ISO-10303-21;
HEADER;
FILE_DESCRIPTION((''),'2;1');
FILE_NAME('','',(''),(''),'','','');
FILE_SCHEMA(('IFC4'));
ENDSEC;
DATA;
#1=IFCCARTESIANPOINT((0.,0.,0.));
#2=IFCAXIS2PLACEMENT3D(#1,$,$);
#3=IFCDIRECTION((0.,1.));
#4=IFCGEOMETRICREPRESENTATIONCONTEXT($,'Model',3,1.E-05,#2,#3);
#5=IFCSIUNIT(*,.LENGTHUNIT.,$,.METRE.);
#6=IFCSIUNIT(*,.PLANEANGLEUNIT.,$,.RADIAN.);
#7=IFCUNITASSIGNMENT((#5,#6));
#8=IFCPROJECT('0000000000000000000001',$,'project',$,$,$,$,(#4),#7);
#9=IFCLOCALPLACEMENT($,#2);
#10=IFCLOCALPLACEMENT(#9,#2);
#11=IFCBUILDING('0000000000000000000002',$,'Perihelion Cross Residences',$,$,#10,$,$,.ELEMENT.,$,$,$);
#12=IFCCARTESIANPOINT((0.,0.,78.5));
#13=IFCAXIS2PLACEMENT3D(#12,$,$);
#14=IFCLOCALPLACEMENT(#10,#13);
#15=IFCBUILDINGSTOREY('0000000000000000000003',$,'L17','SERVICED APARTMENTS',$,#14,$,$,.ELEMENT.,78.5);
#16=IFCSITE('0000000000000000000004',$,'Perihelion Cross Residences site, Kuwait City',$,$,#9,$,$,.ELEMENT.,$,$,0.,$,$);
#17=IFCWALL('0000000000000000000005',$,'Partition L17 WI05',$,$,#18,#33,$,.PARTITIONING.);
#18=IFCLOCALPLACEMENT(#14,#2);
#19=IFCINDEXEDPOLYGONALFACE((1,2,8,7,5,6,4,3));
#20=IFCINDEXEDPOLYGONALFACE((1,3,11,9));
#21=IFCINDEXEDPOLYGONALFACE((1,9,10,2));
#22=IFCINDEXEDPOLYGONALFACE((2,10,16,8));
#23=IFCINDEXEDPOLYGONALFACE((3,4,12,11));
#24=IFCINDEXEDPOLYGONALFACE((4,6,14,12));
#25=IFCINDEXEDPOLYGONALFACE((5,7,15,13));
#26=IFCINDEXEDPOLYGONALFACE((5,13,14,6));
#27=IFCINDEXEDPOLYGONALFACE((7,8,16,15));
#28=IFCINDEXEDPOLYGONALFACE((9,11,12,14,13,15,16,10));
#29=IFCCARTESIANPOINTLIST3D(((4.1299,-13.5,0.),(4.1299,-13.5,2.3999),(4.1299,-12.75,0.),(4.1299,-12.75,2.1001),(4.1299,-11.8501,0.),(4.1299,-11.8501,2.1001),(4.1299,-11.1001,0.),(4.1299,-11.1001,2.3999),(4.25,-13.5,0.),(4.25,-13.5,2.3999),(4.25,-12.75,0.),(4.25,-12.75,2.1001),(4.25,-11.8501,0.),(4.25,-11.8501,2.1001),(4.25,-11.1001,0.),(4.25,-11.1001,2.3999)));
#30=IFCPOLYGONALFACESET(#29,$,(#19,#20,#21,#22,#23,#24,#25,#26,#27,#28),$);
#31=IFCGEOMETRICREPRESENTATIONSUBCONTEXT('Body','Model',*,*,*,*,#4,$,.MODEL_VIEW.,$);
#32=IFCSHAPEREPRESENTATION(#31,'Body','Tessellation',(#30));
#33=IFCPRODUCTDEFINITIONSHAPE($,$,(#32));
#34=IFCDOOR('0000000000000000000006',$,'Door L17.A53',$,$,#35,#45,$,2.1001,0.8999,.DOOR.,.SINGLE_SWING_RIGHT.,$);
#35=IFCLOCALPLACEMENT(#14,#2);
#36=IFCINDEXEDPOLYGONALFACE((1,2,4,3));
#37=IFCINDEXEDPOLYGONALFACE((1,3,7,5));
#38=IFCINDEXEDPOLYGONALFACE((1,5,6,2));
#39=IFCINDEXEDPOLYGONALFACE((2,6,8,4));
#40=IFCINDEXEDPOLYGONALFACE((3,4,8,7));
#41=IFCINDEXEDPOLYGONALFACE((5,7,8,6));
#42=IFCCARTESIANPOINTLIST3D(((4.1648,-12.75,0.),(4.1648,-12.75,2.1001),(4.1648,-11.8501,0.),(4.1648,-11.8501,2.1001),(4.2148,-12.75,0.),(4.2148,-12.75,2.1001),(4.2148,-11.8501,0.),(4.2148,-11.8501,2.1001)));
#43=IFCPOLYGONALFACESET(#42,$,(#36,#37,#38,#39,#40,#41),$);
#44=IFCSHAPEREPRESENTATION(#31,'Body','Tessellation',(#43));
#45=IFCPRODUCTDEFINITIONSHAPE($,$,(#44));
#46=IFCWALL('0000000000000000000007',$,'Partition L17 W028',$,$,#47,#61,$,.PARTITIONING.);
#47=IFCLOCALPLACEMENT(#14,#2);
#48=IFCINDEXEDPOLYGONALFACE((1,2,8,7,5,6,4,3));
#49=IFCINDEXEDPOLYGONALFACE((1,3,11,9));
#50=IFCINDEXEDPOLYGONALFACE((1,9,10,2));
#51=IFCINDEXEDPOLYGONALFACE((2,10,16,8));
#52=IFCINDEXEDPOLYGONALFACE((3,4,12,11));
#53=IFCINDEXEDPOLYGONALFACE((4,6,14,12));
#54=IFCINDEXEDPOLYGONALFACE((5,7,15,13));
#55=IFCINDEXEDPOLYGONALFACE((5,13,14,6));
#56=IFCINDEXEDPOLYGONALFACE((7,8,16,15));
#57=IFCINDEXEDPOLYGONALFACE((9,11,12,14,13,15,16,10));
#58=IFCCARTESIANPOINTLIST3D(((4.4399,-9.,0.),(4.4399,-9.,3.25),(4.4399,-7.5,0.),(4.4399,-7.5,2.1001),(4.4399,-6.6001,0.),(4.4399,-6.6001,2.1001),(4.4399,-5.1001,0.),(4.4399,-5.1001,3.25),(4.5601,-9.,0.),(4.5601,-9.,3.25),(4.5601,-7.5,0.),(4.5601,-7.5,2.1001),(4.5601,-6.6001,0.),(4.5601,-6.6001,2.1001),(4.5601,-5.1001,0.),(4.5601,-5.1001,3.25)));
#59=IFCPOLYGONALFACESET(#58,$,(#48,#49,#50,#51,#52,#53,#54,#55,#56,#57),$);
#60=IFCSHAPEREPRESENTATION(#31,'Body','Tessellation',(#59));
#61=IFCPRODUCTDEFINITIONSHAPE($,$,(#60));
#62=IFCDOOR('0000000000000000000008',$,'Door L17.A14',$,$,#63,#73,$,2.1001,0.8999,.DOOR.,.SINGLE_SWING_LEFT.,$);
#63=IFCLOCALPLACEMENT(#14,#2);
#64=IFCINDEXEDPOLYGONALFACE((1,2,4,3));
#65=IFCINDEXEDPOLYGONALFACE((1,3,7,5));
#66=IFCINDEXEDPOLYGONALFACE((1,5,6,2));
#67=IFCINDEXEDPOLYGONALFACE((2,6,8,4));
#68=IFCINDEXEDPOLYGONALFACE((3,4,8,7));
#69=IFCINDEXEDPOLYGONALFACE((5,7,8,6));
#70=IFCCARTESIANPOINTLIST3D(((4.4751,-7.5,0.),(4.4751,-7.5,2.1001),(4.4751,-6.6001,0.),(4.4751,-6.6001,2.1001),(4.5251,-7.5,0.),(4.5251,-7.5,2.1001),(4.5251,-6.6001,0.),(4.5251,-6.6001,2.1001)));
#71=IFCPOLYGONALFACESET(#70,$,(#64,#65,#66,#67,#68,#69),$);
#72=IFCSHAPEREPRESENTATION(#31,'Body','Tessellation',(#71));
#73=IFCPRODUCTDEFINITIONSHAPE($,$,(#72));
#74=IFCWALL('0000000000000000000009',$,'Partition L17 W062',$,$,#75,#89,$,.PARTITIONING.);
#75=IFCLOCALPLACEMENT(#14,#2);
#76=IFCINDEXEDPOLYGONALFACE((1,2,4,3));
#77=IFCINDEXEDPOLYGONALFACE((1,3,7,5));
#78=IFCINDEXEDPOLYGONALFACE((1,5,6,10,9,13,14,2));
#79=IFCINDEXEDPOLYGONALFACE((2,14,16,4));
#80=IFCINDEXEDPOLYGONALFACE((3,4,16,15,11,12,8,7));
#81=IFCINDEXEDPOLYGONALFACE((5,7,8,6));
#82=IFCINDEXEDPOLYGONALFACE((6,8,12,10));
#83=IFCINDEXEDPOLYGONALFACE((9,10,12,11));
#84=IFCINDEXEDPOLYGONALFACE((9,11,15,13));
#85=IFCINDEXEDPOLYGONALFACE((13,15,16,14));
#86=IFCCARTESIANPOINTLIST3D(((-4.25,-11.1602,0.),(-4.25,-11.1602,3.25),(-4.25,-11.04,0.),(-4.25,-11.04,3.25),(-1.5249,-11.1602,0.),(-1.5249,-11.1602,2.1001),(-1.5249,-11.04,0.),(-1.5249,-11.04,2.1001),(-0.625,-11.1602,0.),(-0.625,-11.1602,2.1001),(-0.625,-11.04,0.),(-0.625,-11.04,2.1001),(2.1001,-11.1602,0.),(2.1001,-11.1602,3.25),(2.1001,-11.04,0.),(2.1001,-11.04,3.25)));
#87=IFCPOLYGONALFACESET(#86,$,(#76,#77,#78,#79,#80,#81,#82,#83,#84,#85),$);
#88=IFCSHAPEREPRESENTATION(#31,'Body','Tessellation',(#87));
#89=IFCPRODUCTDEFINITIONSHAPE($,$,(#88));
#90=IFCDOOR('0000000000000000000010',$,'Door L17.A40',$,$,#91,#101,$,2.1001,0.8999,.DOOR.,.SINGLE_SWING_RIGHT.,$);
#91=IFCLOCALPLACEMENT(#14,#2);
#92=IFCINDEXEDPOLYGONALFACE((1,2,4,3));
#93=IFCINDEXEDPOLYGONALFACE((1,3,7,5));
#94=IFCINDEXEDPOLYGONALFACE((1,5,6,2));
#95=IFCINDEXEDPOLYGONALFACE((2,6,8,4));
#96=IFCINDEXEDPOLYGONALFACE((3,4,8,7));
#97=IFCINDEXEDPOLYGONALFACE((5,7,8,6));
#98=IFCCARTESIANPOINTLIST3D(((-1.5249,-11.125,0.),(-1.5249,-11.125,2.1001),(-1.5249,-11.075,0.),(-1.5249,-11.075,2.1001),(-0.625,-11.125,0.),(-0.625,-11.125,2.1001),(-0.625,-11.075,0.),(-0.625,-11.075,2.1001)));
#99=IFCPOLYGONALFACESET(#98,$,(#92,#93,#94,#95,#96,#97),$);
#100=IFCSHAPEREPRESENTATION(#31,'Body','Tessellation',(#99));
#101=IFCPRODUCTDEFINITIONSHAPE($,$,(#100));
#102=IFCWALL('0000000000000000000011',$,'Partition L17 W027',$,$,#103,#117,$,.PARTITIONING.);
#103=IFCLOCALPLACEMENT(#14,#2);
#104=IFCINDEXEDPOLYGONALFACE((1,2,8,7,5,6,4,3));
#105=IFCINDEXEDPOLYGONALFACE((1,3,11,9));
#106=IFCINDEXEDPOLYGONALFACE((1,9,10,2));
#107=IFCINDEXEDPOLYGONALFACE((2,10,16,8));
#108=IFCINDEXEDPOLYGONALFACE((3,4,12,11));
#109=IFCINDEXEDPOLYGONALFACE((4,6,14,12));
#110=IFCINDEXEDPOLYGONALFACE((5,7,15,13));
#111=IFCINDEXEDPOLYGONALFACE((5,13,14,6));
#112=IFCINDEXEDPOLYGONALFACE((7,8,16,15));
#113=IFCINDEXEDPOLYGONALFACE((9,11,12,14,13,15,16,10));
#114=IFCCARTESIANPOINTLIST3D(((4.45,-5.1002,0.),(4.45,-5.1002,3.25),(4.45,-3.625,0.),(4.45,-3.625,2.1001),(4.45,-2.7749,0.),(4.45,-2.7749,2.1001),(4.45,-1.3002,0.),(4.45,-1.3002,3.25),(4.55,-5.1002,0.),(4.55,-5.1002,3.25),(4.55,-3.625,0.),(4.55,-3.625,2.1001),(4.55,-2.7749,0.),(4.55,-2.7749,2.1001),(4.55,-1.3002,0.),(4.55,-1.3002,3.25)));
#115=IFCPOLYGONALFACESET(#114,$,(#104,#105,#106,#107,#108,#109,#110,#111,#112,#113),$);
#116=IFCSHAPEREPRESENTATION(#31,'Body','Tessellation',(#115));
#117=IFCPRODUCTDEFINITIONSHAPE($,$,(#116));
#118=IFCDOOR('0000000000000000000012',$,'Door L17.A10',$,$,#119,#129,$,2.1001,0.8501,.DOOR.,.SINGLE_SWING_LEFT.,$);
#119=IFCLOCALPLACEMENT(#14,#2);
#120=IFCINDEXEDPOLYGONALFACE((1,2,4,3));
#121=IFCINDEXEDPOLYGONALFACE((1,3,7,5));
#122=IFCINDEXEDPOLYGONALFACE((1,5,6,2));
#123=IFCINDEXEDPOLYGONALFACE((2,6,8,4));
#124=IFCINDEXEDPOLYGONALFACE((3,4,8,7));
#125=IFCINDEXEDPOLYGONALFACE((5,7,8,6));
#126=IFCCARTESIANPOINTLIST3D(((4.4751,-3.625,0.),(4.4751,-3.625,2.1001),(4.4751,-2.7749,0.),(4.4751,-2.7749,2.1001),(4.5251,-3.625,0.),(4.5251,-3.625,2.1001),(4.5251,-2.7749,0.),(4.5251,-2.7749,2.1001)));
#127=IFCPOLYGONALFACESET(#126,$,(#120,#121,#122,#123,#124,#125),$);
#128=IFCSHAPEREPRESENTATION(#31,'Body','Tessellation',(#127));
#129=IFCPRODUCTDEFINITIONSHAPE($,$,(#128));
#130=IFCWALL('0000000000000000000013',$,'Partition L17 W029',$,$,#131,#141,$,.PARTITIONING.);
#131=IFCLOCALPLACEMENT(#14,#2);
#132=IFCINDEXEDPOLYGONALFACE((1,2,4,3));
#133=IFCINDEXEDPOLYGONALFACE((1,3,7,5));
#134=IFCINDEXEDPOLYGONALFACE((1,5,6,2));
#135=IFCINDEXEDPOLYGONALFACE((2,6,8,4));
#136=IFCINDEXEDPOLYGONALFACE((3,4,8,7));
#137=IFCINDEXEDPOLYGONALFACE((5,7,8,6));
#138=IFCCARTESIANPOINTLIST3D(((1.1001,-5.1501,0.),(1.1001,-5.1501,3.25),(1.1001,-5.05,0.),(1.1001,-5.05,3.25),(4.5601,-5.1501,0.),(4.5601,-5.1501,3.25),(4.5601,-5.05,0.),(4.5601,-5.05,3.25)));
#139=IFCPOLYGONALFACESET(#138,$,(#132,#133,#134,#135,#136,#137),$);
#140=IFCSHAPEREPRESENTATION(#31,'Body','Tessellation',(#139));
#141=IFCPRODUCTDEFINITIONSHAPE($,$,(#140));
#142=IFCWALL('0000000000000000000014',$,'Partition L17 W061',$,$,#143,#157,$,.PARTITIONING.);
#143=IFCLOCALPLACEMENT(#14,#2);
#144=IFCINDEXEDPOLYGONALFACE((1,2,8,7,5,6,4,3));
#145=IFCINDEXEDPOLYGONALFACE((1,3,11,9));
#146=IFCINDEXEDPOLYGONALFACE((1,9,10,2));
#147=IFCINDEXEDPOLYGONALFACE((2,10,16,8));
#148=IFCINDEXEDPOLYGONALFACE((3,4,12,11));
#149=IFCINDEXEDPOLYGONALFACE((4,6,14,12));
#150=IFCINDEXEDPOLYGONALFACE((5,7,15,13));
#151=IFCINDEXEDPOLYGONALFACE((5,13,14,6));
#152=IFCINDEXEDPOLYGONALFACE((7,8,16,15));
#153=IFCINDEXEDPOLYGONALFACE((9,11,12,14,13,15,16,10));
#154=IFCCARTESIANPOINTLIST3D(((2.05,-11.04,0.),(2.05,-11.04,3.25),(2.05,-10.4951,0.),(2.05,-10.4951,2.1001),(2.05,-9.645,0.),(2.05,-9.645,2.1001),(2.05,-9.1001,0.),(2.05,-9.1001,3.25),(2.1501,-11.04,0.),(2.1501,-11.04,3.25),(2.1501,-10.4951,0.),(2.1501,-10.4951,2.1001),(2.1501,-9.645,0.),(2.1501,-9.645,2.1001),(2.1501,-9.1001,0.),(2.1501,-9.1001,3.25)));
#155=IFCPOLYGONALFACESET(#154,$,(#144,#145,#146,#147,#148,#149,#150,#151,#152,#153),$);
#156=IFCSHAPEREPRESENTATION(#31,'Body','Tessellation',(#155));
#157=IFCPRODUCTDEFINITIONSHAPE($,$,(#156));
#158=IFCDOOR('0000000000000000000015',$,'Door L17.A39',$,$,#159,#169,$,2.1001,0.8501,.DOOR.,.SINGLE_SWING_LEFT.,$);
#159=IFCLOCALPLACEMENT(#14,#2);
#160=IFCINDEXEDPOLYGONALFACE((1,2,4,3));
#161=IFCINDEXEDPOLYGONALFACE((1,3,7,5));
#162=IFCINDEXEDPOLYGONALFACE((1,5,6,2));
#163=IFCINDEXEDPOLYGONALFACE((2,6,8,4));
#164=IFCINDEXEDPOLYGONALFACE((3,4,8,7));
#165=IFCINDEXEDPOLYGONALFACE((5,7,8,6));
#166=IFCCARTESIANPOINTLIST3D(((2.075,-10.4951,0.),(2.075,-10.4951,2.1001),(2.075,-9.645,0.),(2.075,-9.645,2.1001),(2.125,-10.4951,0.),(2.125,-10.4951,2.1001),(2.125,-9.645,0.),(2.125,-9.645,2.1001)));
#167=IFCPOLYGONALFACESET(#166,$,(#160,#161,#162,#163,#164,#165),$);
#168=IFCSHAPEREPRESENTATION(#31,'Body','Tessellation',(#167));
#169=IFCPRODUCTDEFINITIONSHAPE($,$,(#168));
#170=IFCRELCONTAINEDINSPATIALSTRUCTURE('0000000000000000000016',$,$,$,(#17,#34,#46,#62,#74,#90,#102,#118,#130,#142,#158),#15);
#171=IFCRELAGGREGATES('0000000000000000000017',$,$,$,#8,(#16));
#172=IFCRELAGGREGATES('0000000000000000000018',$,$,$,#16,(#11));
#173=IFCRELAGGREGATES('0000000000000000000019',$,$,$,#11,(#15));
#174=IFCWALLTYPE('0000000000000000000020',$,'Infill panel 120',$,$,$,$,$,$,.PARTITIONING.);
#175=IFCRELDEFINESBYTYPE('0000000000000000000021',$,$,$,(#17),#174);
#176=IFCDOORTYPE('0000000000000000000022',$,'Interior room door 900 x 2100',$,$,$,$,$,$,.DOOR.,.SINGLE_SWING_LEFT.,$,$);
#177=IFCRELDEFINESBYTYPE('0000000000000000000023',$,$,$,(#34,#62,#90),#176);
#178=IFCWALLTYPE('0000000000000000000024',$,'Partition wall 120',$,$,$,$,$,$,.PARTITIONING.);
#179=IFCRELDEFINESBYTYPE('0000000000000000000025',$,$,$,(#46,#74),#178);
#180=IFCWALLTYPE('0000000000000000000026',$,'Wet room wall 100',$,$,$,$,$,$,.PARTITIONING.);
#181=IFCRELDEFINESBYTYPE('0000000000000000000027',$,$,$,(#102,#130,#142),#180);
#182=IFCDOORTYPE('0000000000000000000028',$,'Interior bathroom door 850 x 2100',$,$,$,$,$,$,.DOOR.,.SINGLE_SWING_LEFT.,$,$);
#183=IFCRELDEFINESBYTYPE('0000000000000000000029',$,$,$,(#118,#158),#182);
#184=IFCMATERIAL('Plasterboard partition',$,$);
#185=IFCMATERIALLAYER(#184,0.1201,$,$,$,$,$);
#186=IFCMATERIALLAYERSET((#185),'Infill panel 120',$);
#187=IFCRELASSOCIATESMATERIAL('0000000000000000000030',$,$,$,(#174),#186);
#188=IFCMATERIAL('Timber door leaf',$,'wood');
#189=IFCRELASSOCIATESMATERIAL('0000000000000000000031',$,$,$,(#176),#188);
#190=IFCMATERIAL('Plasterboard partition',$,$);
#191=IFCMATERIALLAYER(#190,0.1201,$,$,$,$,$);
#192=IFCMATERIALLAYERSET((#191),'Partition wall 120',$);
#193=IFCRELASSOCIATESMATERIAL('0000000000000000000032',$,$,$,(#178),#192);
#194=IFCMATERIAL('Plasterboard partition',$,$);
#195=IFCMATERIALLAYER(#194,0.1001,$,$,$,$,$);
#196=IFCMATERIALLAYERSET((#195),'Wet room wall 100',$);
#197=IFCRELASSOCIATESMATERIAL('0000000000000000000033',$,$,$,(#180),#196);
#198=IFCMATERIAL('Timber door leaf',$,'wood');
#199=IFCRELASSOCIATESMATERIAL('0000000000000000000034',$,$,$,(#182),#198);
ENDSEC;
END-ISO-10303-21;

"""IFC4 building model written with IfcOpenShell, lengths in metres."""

from ifc_helpers import new_model, si_unit, direction, frame, frame_2d, origin, place, context, subcontext, project, spatial, rectangle, extrude, material, layer, layer_set, type_object, element, fill, save


model = new_model("IFC4")

# Units and contexts
model_context = context("Model", 3, precision=1e-05, world=origin(), true_north=direction((0.0, 1.0)))
body_context = subcontext(model_context, "Body", "Model", "MODEL_VIEW")
ifc_project = project(units=[si_unit("LENGTHUNIT", "METRE"), si_unit("PLANEANGLEUNIT", "RADIAN")], contexts=[model_context])

# Site, building, storey
site_placement = place(None, origin())
site = spatial("IfcSite", under=ifc_project, at=site_placement, Name="Perihelion Cross Residences site, Kuwait City", CompositionType="ELEMENT", RefElevation=0.0)
building_placement = place(site_placement, origin())
building = spatial("IfcBuilding", under=site, at=building_placement, Name="Perihelion Cross Residences", CompositionType="ELEMENT")
storey_placement = place(building_placement, frame((0.0, 0.0, 78.5)))
storey = spatial("IfcBuildingStorey", under=building, at=storey_placement, Name="L17", Description="SERVICED APARTMENTS", CompositionType="ELEMENT", Elevation=78.5)

# Walls, openings, doors
ifc_material_1 = material(Name="Plasterboard partition")
ifc_layer_1 = layer(ifc_material_1, 0.1201)
ifc_layer_set_1 = layer_set([ifc_layer_1], Name="Infill panel 120")
wall_type_1 = type_object("IfcWallType", Name="Infill panel 120", PredefinedType="PARTITIONING", material=ifc_layer_set_1)
wall_1_placement = place(storey_placement, frame((4.1899, -11.1001, 0.0), z_axis=(0.0, 0.0, 1.0), x_axis=(0.0, -1.0, 0.0)))
wall_1 = element("IfcWall", 1, at=wall_1_placement, inside=storey, type_object=wall_type_1, Name="Partition L17 WI05", PredefinedType="PARTITIONING", context=body_context, shape_type="SweptSolid", body=[
    extrude(rectangle(XDim=2.3999, YDim=0.1201, at=frame_2d((1.2, 0.0))), origin(), (0.0, 0.0, 1.0), 2.3999),
])
opening_1_placement = place(wall_1_placement, frame((0.75, 0.0, 0.0)))
opening_1 = element("IfcOpeningElement", 2, at=opening_1_placement, cuts=wall_1, PredefinedType="OPENING", context=body_context, shape_type="SweptSolid", body=[
    extrude(rectangle(XDim=0.8999, YDim=2.1001, at=frame_2d((0.45, 1.05))), frame((0.0, 0.0701, 0.0), z_axis=(0.0, -1.0, 0.0), x_axis=(1.0, 0.0, 0.0)), (0.0, 0.0, 1.0), 0.1401),
])
ifc_material_2 = material(Name="Timber door leaf", Category="wood")
door_type_1 = type_object("IfcDoorType", Name="Interior room door 900 x 2100", OperationType="SINGLE_SWING_LEFT", PredefinedType="DOOR", material=ifc_material_2)
door_1_placement = place(opening_1_placement, origin())
door_1 = element("IfcDoor", 3, at=door_1_placement, inside=storey, type_object=door_type_1, Name="Door L17.A53", OperationType="SINGLE_SWING_RIGHT", OverallHeight=2.1001, OverallWidth=0.8999, PredefinedType="DOOR", context=body_context, shape_type="SweptSolid", body=[
    extrude(rectangle(XDim=0.8999, YDim=2.1001, at=frame_2d((0.45, 1.05))), frame((0.0, 0.0249, 0.0), z_axis=(0.0, -1.0, 0.0), x_axis=(1.0, 0.0, 0.0)), (0.0, 0.0, 1.0), 0.05),
])
fill(opening_1, door_1)
ifc_material_3 = material(Name="Plasterboard partition")
ifc_layer_2 = layer(ifc_material_3, 0.1201)
ifc_layer_set_2 = layer_set([ifc_layer_2], Name="Partition wall 120")
wall_type_2 = type_object("IfcWallType", Name="Partition wall 120", PredefinedType="PARTITIONING", material=ifc_layer_set_2)
wall_2_placement = place(storey_placement, frame((4.5, -9.0, 0.0), z_axis=(0.0, 0.0, 1.0), x_axis=(0.0, 1.0, 0.0)))
wall_2 = element("IfcWall", 4, at=wall_2_placement, inside=storey, type_object=wall_type_2, Name="Partition L17 W028", PredefinedType="PARTITIONING", context=body_context, shape_type="SweptSolid", body=[
    extrude(rectangle(XDim=3.8999, YDim=0.1201, at=frame_2d((1.95, 0.0))), origin(), (0.0, 0.0, 1.0), 3.25),
])
opening_2_placement = place(wall_2_placement, frame((1.5, 0.0, 0.0)))
opening_2 = element("IfcOpeningElement", 5, at=opening_2_placement, cuts=wall_2, PredefinedType="OPENING", context=body_context, shape_type="SweptSolid", body=[
    extrude(rectangle(XDim=0.8999, YDim=2.1001, at=frame_2d((0.45, 1.05))), frame((0.0, 0.0701, 0.0), z_axis=(0.0, -1.0, 0.0), x_axis=(1.0, 0.0, 0.0)), (0.0, 0.0, 1.0), 0.1401),
])
door_2_placement = place(opening_2_placement, origin())
door_2 = element("IfcDoor", 6, at=door_2_placement, inside=storey, type_object=door_type_1, Name="Door L17.A14", OperationType="SINGLE_SWING_LEFT", OverallHeight=2.1001, OverallWidth=0.8999, PredefinedType="DOOR", context=body_context, shape_type="SweptSolid", body=[
    extrude(rectangle(XDim=0.8999, YDim=2.1001, at=frame_2d((0.45, 1.05))), frame((0.0, 0.0249, 0.0), z_axis=(0.0, -1.0, 0.0), x_axis=(1.0, 0.0, 0.0)), (0.0, 0.0, 1.0), 0.05),
])
fill(opening_2, door_2)
wall_3_placement = place(storey_placement, frame((2.1001, -11.1001, 0.0), z_axis=(0.0, 0.0, 1.0), x_axis=(-1.0, 0.0, 0.0)))
wall_3 = element("IfcWall", 7, at=wall_3_placement, inside=storey, type_object=wall_type_2, Name="Partition L17 W062", PredefinedType="PARTITIONING", context=body_context, shape_type="SweptSolid", body=[
    extrude(rectangle(XDim=6.3501, YDim=0.1201, at=frame_2d((3.175, 0.0))), origin(), (0.0, 0.0, 1.0), 3.25),
])
opening_3_placement = place(wall_3_placement, frame((2.7251, 0.0, 0.0)))
opening_3 = element("IfcOpeningElement", 8, at=opening_3_placement, cuts=wall_3, PredefinedType="OPENING", context=body_context, shape_type="SweptSolid", body=[
    extrude(rectangle(XDim=0.8999, YDim=2.1001, at=frame_2d((0.45, 1.05))), frame((0.0, 0.0701, 0.0), z_axis=(0.0, -1.0, 0.0), x_axis=(1.0, 0.0, 0.0)), (0.0, 0.0, 1.0), 0.1401),
])
door_3_placement = place(opening_3_placement, origin())
door_3 = element("IfcDoor", 9, at=door_3_placement, inside=storey, type_object=door_type_1, Name="Door L17.A40", OperationType="SINGLE_SWING_RIGHT", OverallHeight=2.1001, OverallWidth=0.8999, PredefinedType="DOOR", context=body_context, shape_type="SweptSolid", body=[
    extrude(rectangle(XDim=0.8999, YDim=2.1001, at=frame_2d((0.45, 1.05))), frame((0.0, 0.0249, 0.0), z_axis=(0.0, -1.0, 0.0), x_axis=(1.0, 0.0, 0.0)), (0.0, 0.0, 1.0), 0.05),
])
fill(opening_3, door_3)
ifc_material_4 = material(Name="Plasterboard partition")
ifc_layer_3 = layer(ifc_material_4, 0.1001)
ifc_layer_set_3 = layer_set([ifc_layer_3], Name="Wet room wall 100")
wall_type_3 = type_object("IfcWallType", Name="Wet room wall 100", PredefinedType="PARTITIONING", material=ifc_layer_set_3)
wall_4_placement = place(storey_placement, frame((4.5, -5.1001, 0.0), z_axis=(0.0, 0.0, 1.0), x_axis=(0.0, 1.0, 0.0)))
wall_4 = element("IfcWall", 10, at=wall_4_placement, inside=storey, type_object=wall_type_3, Name="Partition L17 W027", PredefinedType="PARTITIONING", context=body_context, shape_type="SweptSolid", body=[
    extrude(rectangle(XDim=3.8, YDim=0.1001, at=frame_2d((1.8999, 0.0))), origin(), (0.0, 0.0, 1.0), 3.25),
])
opening_4_placement = place(wall_4_placement, frame((1.4751, 0.0, 0.0)))
opening_4 = element("IfcOpeningElement", 11, at=opening_4_placement, cuts=wall_4, PredefinedType="OPENING", context=body_context, shape_type="SweptSolid", body=[
    extrude(rectangle(XDim=0.8501, YDim=2.1001, at=frame_2d((0.425, 1.05))), frame((0.0, 0.0601, 0.0), z_axis=(0.0, -1.0, 0.0), x_axis=(1.0, 0.0, 0.0)), (0.0, 0.0, 1.0), 0.1201),
])
ifc_material_5 = material(Name="Timber door leaf", Category="wood")
door_type_2 = type_object("IfcDoorType", Name="Interior bathroom door 850 x 2100", OperationType="SINGLE_SWING_LEFT", PredefinedType="DOOR", material=ifc_material_5)
door_4_placement = place(opening_4_placement, origin())
door_4 = element("IfcDoor", 12, at=door_4_placement, inside=storey, type_object=door_type_2, Name="Door L17.A10", OperationType="SINGLE_SWING_LEFT", OverallHeight=2.1001, OverallWidth=0.8501, PredefinedType="DOOR", context=body_context, shape_type="SweptSolid", body=[
    extrude(rectangle(XDim=0.8501, YDim=2.1001, at=frame_2d((0.425, 1.05))), frame((0.0, 0.0249, 0.0), z_axis=(0.0, -1.0, 0.0), x_axis=(1.0, 0.0, 0.0)), (0.0, 0.0, 1.0), 0.05),
])
fill(opening_4, door_4)

# Wall
wall_5_placement = place(storey_placement, frame((4.5601, -5.1001, 0.0), z_axis=(0.0, 0.0, 1.0), x_axis=(-1.0, 0.0, 0.0)))
element("IfcWall", 13, at=wall_5_placement, inside=storey, type_object=wall_type_3, Name="Partition L17 W029", PredefinedType="PARTITIONING", context=body_context, shape_type="SweptSolid", body=[
    extrude(rectangle(XDim=3.46, YDim=0.1001, at=frame_2d((1.73, 0.0))), origin(), (0.0, 0.0, 1.0), 3.25),
])

# Wall, opening, door
wall_6_placement = place(storey_placement, frame((2.1001, -9.1001, 0.0), z_axis=(0.0, 0.0, 1.0), x_axis=(0.0, -1.0, 0.0)))
wall_6 = element("IfcWall", 14, at=wall_6_placement, inside=storey, type_object=wall_type_3, Name="Partition L17 W061", PredefinedType="PARTITIONING", context=body_context, shape_type="SweptSolid", body=[
    extrude(rectangle(XDim=1.9399, YDim=0.1001, at=frame_2d((0.97, 0.0))), origin(), (0.0, 0.0, 1.0), 3.25),
])
opening_5_placement = place(wall_6_placement, frame((0.5449, 0.0, 0.0)))
opening_5 = element("IfcOpeningElement", 15, at=opening_5_placement, cuts=wall_6, PredefinedType="OPENING", context=body_context, shape_type="SweptSolid", body=[
    extrude(rectangle(XDim=0.8501, YDim=2.1001, at=frame_2d((0.425, 1.05))), frame((0.0, 0.0601, 0.0), z_axis=(0.0, -1.0, 0.0), x_axis=(1.0, 0.0, 0.0)), (0.0, 0.0, 1.0), 0.1201),
])
door_5_placement = place(opening_5_placement, origin())
door_5 = element("IfcDoor", 16, at=door_5_placement, inside=storey, type_object=door_type_2, Name="Door L17.A39", OperationType="SINGLE_SWING_LEFT", OverallHeight=2.1001, OverallWidth=0.8501, PredefinedType="DOOR", context=body_context, shape_type="SweptSolid", body=[
    extrude(rectangle(XDim=0.8501, YDim=2.1001, at=frame_2d((0.425, 1.05))), frame((0.0, 0.0249, 0.0), z_axis=(0.0, -1.0, 0.0), x_axis=(1.0, 0.0, 0.0)), (0.0, 0.0, 1.0), 0.05),
])
fill(opening_5, door_5)

save(model, "model.ifc")
